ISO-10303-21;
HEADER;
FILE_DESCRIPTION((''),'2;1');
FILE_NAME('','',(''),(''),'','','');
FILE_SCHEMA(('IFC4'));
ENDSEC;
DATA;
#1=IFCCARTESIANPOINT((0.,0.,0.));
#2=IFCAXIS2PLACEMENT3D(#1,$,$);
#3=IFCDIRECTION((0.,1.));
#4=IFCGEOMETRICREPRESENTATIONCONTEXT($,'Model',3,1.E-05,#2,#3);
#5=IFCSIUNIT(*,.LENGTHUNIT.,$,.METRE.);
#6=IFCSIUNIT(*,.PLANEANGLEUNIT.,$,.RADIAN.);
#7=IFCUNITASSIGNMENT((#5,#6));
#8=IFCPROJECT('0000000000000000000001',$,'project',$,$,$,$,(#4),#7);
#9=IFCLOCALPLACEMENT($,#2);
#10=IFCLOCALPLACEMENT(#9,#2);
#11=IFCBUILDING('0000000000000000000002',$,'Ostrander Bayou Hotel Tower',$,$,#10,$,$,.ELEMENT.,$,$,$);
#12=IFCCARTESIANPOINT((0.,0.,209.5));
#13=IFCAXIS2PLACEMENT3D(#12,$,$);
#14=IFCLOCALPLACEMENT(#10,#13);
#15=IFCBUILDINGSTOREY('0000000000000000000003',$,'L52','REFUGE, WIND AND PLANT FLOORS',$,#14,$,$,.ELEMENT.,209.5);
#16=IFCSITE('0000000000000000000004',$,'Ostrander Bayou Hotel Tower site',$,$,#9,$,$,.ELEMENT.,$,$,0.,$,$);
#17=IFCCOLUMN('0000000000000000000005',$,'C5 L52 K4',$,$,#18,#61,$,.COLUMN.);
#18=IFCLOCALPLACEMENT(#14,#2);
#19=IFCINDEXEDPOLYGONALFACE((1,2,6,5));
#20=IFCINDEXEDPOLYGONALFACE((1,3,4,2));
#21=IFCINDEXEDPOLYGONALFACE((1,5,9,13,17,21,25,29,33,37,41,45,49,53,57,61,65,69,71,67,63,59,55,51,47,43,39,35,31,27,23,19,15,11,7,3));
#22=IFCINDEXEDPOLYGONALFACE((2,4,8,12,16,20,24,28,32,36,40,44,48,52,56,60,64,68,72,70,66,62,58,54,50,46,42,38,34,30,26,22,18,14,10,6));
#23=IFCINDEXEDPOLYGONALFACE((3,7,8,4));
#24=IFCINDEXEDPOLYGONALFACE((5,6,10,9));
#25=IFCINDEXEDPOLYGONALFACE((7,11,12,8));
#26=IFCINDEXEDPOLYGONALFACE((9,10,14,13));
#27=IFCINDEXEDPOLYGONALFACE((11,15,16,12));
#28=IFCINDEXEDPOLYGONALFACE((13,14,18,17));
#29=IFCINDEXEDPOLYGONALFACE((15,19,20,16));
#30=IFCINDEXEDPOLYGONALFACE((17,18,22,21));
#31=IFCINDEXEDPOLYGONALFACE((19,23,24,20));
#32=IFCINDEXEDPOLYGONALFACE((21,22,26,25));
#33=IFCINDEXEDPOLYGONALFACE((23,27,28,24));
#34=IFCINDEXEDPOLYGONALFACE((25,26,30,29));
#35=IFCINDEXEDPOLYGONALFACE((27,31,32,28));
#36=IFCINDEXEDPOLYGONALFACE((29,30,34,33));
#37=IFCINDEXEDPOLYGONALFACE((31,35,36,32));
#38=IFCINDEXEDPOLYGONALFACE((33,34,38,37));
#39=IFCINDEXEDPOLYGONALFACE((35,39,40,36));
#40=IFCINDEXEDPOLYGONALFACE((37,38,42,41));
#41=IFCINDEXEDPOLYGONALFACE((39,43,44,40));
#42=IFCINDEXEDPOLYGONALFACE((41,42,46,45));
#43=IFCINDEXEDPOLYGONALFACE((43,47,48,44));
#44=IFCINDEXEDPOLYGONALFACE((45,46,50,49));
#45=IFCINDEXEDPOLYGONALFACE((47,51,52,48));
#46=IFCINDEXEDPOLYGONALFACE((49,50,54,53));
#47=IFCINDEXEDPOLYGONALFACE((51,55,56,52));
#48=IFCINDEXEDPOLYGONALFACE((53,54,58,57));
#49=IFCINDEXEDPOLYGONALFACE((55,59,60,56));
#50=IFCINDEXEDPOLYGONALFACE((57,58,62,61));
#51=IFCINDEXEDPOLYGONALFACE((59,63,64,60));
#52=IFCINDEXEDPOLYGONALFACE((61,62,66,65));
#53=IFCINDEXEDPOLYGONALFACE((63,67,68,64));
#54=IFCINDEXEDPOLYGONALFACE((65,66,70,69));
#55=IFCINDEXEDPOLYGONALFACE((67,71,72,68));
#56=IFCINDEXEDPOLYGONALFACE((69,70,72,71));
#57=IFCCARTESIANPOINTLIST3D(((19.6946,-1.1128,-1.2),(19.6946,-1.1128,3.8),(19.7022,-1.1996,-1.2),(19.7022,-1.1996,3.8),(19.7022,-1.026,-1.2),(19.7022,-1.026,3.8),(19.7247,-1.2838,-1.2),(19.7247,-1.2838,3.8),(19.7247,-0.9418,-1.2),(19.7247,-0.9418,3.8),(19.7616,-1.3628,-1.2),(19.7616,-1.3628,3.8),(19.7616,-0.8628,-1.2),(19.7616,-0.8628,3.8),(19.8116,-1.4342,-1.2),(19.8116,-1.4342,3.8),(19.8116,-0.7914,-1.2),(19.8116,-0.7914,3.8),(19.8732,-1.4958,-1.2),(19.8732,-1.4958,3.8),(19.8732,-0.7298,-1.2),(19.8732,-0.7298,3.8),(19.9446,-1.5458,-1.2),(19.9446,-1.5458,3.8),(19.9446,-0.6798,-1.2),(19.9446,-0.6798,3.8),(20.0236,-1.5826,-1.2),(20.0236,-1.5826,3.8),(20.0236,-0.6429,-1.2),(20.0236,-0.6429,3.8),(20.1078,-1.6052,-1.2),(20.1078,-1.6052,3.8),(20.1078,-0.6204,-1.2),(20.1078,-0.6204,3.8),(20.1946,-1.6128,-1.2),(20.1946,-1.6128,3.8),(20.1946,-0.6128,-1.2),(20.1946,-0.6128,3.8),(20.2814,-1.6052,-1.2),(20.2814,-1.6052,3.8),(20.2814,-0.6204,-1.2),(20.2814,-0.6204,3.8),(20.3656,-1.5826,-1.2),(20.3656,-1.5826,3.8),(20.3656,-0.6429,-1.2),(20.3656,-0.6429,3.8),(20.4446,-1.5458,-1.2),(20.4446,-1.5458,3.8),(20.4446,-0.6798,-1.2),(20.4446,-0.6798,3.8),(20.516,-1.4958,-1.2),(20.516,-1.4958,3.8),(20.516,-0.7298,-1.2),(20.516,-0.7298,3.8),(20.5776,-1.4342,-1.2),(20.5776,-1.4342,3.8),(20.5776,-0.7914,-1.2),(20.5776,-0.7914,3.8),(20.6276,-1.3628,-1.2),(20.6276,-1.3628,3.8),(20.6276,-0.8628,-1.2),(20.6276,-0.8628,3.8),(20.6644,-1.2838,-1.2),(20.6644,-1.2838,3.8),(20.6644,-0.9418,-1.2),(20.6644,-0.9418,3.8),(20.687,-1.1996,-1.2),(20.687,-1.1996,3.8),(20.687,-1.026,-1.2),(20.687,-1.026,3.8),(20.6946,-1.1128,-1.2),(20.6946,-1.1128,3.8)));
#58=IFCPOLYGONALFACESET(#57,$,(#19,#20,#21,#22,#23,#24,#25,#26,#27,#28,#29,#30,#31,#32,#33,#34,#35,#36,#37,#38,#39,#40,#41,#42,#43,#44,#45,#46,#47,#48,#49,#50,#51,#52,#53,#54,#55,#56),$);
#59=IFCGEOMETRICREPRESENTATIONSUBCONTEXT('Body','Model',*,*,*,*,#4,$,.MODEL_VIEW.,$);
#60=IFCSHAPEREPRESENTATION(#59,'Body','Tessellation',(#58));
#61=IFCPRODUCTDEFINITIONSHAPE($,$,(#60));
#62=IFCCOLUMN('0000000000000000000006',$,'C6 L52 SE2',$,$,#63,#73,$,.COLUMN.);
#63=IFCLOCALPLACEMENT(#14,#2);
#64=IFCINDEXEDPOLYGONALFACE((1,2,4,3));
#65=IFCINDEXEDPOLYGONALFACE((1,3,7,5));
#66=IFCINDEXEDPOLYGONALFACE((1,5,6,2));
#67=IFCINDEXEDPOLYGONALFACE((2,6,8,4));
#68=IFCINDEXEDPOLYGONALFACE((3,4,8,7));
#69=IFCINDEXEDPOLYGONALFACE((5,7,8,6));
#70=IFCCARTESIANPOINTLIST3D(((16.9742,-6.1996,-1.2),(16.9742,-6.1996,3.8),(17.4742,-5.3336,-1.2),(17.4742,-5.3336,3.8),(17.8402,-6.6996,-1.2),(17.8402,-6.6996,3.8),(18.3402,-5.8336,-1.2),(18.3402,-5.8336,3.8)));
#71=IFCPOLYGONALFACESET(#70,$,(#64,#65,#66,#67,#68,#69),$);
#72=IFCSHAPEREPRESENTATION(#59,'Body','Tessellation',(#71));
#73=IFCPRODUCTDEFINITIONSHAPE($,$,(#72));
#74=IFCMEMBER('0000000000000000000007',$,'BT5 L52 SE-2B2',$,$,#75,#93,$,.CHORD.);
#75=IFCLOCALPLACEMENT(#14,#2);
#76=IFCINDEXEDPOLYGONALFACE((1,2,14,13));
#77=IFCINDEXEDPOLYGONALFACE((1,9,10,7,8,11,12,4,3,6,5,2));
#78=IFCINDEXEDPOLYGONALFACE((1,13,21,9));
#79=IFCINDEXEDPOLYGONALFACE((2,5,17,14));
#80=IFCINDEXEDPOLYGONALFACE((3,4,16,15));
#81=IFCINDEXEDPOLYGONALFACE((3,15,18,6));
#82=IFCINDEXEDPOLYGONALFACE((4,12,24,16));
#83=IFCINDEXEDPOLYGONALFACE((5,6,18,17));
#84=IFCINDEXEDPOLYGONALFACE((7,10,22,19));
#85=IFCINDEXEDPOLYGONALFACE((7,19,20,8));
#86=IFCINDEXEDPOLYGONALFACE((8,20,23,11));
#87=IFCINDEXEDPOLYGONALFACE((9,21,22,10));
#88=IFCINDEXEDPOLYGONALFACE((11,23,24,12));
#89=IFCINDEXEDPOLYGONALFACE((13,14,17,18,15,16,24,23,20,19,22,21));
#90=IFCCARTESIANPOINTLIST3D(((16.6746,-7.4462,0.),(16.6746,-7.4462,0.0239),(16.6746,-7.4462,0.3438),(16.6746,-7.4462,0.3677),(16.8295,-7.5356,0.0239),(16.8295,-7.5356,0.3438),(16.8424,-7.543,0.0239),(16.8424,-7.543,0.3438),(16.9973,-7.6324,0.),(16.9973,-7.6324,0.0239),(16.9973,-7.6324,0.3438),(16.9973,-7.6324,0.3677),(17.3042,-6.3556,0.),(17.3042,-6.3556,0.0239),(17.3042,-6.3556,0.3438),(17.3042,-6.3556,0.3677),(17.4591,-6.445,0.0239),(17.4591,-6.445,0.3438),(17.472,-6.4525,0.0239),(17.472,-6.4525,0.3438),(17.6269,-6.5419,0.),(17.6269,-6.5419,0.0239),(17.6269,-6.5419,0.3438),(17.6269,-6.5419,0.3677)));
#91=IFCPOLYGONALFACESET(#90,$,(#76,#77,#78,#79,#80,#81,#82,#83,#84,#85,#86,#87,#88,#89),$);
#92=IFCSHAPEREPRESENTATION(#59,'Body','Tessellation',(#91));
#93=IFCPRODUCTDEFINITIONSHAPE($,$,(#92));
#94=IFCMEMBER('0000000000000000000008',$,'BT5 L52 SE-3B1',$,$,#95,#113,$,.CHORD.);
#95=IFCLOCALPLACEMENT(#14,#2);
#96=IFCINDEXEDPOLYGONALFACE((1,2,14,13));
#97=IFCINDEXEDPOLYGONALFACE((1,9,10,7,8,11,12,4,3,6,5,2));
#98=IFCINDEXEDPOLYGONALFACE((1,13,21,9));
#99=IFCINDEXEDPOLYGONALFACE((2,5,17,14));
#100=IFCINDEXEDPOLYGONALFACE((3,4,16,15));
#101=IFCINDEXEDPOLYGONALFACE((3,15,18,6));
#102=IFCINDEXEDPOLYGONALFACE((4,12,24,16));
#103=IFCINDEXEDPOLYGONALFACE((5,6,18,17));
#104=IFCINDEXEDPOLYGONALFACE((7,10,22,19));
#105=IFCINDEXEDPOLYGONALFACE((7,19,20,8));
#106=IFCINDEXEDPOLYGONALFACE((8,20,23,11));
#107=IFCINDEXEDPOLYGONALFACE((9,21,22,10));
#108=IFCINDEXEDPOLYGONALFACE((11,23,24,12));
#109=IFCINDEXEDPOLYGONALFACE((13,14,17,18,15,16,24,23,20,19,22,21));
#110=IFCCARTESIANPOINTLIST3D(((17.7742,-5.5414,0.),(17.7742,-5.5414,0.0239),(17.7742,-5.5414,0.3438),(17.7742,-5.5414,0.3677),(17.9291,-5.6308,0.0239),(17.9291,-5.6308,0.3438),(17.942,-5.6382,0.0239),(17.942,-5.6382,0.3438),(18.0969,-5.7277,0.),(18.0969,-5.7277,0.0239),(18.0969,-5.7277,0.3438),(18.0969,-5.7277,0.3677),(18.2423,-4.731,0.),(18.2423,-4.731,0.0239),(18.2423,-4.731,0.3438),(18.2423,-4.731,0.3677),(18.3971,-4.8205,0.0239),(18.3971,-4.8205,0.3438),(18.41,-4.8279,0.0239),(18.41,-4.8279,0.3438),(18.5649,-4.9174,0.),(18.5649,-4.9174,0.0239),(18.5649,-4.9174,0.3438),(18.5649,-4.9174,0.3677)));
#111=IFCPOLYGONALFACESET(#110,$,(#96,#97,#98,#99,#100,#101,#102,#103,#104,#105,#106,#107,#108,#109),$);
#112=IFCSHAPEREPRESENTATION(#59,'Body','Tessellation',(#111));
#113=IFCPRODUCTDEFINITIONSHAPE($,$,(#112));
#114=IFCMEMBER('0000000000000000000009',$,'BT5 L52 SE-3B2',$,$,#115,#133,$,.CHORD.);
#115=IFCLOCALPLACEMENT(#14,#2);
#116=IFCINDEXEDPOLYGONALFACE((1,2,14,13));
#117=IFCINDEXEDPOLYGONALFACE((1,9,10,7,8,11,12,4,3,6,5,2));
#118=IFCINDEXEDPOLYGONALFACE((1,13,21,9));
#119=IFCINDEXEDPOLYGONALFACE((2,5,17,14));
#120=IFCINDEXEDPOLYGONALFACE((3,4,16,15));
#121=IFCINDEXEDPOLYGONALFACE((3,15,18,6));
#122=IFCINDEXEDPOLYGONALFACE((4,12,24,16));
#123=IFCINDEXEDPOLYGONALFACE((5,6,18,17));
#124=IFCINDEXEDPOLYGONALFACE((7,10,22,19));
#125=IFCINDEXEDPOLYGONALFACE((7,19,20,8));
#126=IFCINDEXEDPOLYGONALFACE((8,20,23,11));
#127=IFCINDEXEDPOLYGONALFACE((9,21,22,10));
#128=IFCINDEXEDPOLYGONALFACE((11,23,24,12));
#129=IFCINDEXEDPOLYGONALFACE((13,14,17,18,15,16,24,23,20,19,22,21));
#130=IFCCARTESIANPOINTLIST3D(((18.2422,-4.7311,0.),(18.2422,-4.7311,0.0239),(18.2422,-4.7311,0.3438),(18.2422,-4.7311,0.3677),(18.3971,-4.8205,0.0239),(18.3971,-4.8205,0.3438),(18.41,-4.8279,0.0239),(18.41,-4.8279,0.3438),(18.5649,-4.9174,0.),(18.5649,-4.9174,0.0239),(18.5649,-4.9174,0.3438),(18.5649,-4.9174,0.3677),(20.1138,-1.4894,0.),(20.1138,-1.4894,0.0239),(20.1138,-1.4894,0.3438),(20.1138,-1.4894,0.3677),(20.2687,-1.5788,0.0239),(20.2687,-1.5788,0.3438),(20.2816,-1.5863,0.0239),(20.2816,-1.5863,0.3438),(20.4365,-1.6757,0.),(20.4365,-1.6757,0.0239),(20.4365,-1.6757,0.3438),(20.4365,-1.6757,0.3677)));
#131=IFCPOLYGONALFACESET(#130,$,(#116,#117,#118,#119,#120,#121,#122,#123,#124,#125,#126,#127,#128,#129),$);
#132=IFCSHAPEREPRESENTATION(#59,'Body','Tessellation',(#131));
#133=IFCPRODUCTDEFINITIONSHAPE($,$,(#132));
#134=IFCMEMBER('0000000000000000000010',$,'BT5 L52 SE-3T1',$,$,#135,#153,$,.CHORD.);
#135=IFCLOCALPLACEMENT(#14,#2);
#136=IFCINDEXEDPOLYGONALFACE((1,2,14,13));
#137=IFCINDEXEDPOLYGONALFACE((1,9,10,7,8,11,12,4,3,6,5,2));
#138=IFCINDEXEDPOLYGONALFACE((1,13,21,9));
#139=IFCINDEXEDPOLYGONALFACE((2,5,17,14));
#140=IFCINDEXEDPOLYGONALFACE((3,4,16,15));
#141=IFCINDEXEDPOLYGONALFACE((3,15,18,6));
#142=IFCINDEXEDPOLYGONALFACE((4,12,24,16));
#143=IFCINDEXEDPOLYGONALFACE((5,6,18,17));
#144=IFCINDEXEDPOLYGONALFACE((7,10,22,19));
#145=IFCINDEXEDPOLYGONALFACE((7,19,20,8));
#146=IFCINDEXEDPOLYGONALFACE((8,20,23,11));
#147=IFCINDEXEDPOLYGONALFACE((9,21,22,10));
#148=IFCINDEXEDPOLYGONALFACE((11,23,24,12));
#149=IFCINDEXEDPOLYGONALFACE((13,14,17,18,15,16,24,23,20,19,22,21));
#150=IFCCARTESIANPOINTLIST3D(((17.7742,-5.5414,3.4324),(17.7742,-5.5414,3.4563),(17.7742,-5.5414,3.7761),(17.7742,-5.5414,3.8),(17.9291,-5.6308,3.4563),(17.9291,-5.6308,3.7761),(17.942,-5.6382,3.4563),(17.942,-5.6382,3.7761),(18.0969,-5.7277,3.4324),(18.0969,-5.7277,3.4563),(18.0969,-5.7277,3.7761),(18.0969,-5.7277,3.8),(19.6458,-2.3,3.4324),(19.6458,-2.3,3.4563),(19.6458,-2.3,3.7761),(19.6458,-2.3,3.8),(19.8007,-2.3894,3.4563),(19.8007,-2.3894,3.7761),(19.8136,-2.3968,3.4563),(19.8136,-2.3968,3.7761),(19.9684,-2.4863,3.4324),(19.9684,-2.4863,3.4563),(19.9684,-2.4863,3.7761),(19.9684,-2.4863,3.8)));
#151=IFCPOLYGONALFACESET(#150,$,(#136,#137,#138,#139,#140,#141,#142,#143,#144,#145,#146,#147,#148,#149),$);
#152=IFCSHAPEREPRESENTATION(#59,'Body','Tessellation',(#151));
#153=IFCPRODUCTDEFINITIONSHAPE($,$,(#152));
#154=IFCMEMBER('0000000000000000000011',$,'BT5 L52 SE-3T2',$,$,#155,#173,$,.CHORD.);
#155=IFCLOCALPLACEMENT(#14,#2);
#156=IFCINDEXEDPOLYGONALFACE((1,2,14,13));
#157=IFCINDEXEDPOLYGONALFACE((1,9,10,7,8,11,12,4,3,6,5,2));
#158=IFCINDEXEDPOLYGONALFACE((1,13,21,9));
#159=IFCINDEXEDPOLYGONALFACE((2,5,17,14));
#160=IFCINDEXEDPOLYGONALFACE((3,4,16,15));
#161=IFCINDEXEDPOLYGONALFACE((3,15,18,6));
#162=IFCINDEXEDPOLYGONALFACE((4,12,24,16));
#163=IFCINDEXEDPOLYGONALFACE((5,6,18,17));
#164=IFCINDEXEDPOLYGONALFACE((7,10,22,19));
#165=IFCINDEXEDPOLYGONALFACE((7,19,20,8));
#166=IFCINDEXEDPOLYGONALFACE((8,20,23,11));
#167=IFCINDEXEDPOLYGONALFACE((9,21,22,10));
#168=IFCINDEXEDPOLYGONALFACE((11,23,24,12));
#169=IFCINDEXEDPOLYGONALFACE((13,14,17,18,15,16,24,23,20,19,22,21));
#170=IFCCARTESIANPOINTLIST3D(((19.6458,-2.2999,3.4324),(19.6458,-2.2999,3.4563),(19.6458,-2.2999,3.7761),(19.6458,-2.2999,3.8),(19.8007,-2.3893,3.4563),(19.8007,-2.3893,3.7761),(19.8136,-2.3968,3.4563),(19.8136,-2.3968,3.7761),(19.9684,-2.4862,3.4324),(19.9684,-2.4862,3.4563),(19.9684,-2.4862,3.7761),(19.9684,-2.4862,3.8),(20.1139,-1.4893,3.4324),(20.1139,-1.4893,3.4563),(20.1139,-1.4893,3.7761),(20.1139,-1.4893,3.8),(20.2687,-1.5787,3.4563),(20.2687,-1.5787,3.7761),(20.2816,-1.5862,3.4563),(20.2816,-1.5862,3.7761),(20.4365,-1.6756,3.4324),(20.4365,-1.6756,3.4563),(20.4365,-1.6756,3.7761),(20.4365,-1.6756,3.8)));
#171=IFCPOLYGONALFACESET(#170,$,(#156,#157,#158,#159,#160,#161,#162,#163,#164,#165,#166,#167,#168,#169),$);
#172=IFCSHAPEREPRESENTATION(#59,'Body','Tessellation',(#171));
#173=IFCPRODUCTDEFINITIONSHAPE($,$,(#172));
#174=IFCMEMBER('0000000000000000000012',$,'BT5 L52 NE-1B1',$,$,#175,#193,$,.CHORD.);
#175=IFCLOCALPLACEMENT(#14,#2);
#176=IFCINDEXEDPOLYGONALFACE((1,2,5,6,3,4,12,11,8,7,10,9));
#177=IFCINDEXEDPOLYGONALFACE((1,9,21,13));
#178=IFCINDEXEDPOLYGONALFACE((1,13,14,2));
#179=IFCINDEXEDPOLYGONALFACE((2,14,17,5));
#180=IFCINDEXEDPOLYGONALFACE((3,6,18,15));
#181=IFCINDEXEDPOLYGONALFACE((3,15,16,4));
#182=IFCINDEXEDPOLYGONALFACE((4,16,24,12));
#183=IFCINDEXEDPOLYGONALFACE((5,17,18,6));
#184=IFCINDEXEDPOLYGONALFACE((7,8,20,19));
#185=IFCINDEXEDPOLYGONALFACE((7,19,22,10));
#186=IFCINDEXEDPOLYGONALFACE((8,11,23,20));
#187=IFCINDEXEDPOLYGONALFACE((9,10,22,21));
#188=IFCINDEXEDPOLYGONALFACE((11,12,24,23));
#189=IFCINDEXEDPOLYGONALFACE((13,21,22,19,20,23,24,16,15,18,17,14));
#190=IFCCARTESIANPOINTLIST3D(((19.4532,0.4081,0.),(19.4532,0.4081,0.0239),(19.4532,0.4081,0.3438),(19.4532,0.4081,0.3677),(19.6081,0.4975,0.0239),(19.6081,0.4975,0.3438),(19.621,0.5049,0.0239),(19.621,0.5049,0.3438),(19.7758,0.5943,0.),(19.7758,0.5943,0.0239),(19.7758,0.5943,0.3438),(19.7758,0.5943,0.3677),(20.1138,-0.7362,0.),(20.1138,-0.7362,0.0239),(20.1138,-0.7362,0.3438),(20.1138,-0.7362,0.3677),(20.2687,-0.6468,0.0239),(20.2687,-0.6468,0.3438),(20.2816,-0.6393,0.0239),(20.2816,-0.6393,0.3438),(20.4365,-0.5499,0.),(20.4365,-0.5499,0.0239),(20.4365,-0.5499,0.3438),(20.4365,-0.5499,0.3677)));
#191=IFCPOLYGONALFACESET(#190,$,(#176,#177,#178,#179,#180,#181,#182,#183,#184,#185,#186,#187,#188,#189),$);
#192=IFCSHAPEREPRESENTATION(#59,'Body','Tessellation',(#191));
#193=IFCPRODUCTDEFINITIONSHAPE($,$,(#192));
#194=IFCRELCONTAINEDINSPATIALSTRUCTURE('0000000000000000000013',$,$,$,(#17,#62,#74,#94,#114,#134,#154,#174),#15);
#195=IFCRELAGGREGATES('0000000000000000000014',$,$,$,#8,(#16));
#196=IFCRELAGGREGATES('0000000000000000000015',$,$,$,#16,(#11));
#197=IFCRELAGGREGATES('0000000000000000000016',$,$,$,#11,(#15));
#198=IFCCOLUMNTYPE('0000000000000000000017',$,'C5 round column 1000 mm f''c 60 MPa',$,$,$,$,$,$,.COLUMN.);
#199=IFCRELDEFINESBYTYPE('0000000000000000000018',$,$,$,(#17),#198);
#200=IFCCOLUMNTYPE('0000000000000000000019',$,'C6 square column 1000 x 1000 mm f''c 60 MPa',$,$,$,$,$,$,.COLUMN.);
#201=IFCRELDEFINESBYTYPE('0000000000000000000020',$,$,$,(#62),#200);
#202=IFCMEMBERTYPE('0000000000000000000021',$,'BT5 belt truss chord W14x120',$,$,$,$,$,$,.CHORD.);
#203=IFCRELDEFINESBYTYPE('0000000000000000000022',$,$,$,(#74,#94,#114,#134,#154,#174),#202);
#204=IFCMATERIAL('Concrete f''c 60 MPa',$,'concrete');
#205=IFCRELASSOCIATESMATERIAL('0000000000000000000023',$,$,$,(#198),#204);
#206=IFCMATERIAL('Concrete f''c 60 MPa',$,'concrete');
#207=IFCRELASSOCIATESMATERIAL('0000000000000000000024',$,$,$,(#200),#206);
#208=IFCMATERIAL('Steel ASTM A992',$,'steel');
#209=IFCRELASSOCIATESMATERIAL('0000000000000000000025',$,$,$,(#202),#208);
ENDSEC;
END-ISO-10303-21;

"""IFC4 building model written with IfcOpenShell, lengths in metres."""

from ifc_helpers import new_model, si_unit, direction, frame, origin, origin_2d, place, context, subcontext, project, spatial, rectangle, circle, i_section, extrude, material, material_profile, profile_set, type_object, element, save


model = new_model("IFC4")

# Units and contexts
model_context = context("Model", 3, precision=1e-05, world=origin(), true_north=direction((0.0, 1.0)))
body_context = subcontext(model_context, "Body", "Model", "MODEL_VIEW")
ifc_project = project(units=[si_unit("LENGTHUNIT", "METRE"), si_unit("PLANEANGLEUNIT", "RADIAN")], contexts=[model_context])

# Site, building, storey
site_placement = place(None, origin())
site = spatial("IfcSite", under=ifc_project, at=site_placement, Name="Ostrander Bayou Hotel Tower site", CompositionType="ELEMENT", RefElevation=0.0)
building_placement = place(site_placement, origin())
building = spatial("IfcBuilding", under=site, at=building_placement, Name="Ostrander Bayou Hotel Tower", CompositionType="ELEMENT")
storey_placement = place(building_placement, frame((0.0, 0.0, 209.5)))
storey = spatial("IfcBuildingStorey", under=building, at=storey_placement, Name="L52", Description="REFUGE, WIND AND PLANT FLOORS", CompositionType="ELEMENT", Elevation=209.5)

# Columns
ifc_material_1 = material(Name="Concrete f'c 60 MPa", Category="concrete")
ifc_material_profile_1 = material_profile(ifc_material_1, circle(Radius=0.5, at=origin_2d()))
ifc_profile_set_1 = profile_set([ifc_material_profile_1], Name="Concrete f'c 60 MPa")
column_type_1 = type_object("IfcColumnType", Name="C5 round column 1000 mm f'c 60 MPa", PredefinedType="COLUMN", material=ifc_profile_set_1)
column_1_placement = place(storey_placement, frame((20.1946, -1.1128, -1.2), z_axis=(0.0, 0.0, 1.0), x_axis=(1.0, 0.0, 0.0)))
element("IfcColumn", 1, at=column_1_placement, inside=storey, type_object=column_type_1, Name="C5 L52 K4", PredefinedType="COLUMN", context=body_context, shape_type="SweptSolid", body=[
    extrude(circle(Radius=0.5, at=origin_2d()), origin(), (0.0, 0.0, 1.0), 5.0),
])
ifc_material_2 = material(Name="Concrete f'c 60 MPa", Category="concrete")
ifc_material_profile_2 = material_profile(ifc_material_2, rectangle(XDim=1.0, YDim=1.0, at=origin_2d()))
ifc_profile_set_2 = profile_set([ifc_material_profile_2], Name="Concrete f'c 60 MPa")
column_type_2 = type_object("IfcColumnType", Name="C6 square column 1000 x 1000 mm f'c 60 MPa", PredefinedType="COLUMN", material=ifc_profile_set_2)
column_2_placement = place(storey_placement, frame((17.6572, -6.0166, -1.2), z_axis=(0.0, 0.0, 1.0), x_axis=(-0.5, -0.866025, 0.0)))
element("IfcColumn", 2, at=column_2_placement, inside=storey, type_object=column_type_2, Name="C6 L52 SE2", PredefinedType="COLUMN", context=body_context, shape_type="SweptSolid", body=[
    extrude(rectangle(XDim=1.0, YDim=1.0, at=origin_2d()), origin(), (0.0, 0.0, 1.0), 5.0),
])

# Members
ifc_material_3 = material(Name="Steel ASTM A992", Category="steel")
ifc_material_profile_3 = material_profile(ifc_material_3, i_section(OverallWidth=0.3726, OverallDepth=0.3677, WebThickness=0.0149, FlangeThickness=0.0239, at=origin_2d()))
ifc_profile_set_3 = profile_set([ifc_material_profile_3], Name="Steel ASTM A992")
member_type_1 = type_object("IfcMemberType", Name="BT5 belt truss chord W14x120", PredefinedType="CHORD", material=ifc_profile_set_3)
member_1_placement = place(storey_placement, frame((16.8359, -7.5393, 0.1838), z_axis=(0.499997, 0.866027, 0.0), x_axis=(-0.866027, 0.499997, 0.0)))
element("IfcMember", 3, at=member_1_placement, inside=storey, type_object=member_type_1, Name="BT5 L52 SE-2B2", PredefinedType="CHORD", context=body_context, shape_type="SweptSolid", body=[
    extrude(i_section(OverallWidth=0.3726, OverallDepth=0.3677, WebThickness=0.0149, FlangeThickness=0.0239, at=origin_2d()), origin(), (0.0, 0.0, 1.0), 1.2593),
])
member_2_placement = place(storey_placement, frame((17.9355, -5.6345, 0.1838), z_axis=(0.500152, 0.865938, 0.0), x_axis=(-0.865938, 0.500152, 0.0)))
element("IfcMember", 4, at=member_2_placement, inside=storey, type_object=member_type_1, Name="BT5 L52 SE-3B1", PredefinedType="CHORD", context=body_context, shape_type="SweptSolid", body=[
    extrude(i_section(OverallWidth=0.3726, OverallDepth=0.3677, WebThickness=0.0149, FlangeThickness=0.0239, at=origin_2d()), origin(), (0.0, 0.0, 1.0), 0.9358),
])
member_3_placement = place(storey_placement, frame((18.4036, -4.8242, 0.1838), z_axis=(0.499997, 0.866027, 0.0), x_axis=(-0.866027, 0.499997, 0.0)))
element("IfcMember", 5, at=member_3_placement, inside=storey, type_object=member_type_1, Name="BT5 L52 SE-3B2", PredefinedType="CHORD", context=body_context, shape_type="SweptSolid", body=[
    extrude(i_section(OverallWidth=0.3726, OverallDepth=0.3677, WebThickness=0.0149, FlangeThickness=0.0239, at=origin_2d()), origin(), (0.0, 0.0, 1.0), 3.7432),
])
member_4_placement = place(storey_placement, frame((17.9355, -5.6345, 3.6162), z_axis=(0.500025, 0.866011, 0.0), x_axis=(-0.866011, 0.500025, 0.0)))
element("IfcMember", 6, at=member_4_placement, inside=storey, type_object=member_type_1, Name="BT5 L52 SE-3T1", PredefinedType="CHORD", context=body_context, shape_type="SweptSolid", body=[
    extrude(i_section(OverallWidth=0.3726, OverallDepth=0.3677, WebThickness=0.0149, FlangeThickness=0.0239, at=origin_2d()), origin(), (0.0, 0.0, 1.0), 3.7429),
])
member_5_placement = place(storey_placement, frame((19.8071, -2.3931, 3.6162), z_axis=(0.500039, 0.866003, 0.0), x_axis=(-0.866003, 0.500039, 0.0)))
element("IfcMember", 7, at=member_5_placement, inside=storey, type_object=member_type_1, Name="BT5 L52 SE-3T2", PredefinedType="CHORD", context=body_context, shape_type="SweptSolid", body=[
    extrude(i_section(OverallWidth=0.3726, OverallDepth=0.3677, WebThickness=0.0149, FlangeThickness=0.0239, at=origin_2d()), origin(), (0.0, 0.0, 1.0), 0.936),
])
member_6_placement = place(storey_placement, frame((20.2751, -0.6431, 0.1838), z_axis=(-0.499994, 0.866029, 0.0), x_axis=(-0.866029, -0.499994, 0.0)))
element("IfcMember", 8, at=member_6_placement, inside=storey, type_object=member_type_1, Name="BT5 L52 NE-1B1", PredefinedType="CHORD", context=body_context, shape_type="SweptSolid", body=[
    extrude(i_section(OverallWidth=0.3726, OverallDepth=0.3677, WebThickness=0.0149, FlangeThickness=0.0239, at=origin_2d()), origin(), (0.0, 0.0, 1.0), 1.3213),
])

save(model, "model.ifc")
